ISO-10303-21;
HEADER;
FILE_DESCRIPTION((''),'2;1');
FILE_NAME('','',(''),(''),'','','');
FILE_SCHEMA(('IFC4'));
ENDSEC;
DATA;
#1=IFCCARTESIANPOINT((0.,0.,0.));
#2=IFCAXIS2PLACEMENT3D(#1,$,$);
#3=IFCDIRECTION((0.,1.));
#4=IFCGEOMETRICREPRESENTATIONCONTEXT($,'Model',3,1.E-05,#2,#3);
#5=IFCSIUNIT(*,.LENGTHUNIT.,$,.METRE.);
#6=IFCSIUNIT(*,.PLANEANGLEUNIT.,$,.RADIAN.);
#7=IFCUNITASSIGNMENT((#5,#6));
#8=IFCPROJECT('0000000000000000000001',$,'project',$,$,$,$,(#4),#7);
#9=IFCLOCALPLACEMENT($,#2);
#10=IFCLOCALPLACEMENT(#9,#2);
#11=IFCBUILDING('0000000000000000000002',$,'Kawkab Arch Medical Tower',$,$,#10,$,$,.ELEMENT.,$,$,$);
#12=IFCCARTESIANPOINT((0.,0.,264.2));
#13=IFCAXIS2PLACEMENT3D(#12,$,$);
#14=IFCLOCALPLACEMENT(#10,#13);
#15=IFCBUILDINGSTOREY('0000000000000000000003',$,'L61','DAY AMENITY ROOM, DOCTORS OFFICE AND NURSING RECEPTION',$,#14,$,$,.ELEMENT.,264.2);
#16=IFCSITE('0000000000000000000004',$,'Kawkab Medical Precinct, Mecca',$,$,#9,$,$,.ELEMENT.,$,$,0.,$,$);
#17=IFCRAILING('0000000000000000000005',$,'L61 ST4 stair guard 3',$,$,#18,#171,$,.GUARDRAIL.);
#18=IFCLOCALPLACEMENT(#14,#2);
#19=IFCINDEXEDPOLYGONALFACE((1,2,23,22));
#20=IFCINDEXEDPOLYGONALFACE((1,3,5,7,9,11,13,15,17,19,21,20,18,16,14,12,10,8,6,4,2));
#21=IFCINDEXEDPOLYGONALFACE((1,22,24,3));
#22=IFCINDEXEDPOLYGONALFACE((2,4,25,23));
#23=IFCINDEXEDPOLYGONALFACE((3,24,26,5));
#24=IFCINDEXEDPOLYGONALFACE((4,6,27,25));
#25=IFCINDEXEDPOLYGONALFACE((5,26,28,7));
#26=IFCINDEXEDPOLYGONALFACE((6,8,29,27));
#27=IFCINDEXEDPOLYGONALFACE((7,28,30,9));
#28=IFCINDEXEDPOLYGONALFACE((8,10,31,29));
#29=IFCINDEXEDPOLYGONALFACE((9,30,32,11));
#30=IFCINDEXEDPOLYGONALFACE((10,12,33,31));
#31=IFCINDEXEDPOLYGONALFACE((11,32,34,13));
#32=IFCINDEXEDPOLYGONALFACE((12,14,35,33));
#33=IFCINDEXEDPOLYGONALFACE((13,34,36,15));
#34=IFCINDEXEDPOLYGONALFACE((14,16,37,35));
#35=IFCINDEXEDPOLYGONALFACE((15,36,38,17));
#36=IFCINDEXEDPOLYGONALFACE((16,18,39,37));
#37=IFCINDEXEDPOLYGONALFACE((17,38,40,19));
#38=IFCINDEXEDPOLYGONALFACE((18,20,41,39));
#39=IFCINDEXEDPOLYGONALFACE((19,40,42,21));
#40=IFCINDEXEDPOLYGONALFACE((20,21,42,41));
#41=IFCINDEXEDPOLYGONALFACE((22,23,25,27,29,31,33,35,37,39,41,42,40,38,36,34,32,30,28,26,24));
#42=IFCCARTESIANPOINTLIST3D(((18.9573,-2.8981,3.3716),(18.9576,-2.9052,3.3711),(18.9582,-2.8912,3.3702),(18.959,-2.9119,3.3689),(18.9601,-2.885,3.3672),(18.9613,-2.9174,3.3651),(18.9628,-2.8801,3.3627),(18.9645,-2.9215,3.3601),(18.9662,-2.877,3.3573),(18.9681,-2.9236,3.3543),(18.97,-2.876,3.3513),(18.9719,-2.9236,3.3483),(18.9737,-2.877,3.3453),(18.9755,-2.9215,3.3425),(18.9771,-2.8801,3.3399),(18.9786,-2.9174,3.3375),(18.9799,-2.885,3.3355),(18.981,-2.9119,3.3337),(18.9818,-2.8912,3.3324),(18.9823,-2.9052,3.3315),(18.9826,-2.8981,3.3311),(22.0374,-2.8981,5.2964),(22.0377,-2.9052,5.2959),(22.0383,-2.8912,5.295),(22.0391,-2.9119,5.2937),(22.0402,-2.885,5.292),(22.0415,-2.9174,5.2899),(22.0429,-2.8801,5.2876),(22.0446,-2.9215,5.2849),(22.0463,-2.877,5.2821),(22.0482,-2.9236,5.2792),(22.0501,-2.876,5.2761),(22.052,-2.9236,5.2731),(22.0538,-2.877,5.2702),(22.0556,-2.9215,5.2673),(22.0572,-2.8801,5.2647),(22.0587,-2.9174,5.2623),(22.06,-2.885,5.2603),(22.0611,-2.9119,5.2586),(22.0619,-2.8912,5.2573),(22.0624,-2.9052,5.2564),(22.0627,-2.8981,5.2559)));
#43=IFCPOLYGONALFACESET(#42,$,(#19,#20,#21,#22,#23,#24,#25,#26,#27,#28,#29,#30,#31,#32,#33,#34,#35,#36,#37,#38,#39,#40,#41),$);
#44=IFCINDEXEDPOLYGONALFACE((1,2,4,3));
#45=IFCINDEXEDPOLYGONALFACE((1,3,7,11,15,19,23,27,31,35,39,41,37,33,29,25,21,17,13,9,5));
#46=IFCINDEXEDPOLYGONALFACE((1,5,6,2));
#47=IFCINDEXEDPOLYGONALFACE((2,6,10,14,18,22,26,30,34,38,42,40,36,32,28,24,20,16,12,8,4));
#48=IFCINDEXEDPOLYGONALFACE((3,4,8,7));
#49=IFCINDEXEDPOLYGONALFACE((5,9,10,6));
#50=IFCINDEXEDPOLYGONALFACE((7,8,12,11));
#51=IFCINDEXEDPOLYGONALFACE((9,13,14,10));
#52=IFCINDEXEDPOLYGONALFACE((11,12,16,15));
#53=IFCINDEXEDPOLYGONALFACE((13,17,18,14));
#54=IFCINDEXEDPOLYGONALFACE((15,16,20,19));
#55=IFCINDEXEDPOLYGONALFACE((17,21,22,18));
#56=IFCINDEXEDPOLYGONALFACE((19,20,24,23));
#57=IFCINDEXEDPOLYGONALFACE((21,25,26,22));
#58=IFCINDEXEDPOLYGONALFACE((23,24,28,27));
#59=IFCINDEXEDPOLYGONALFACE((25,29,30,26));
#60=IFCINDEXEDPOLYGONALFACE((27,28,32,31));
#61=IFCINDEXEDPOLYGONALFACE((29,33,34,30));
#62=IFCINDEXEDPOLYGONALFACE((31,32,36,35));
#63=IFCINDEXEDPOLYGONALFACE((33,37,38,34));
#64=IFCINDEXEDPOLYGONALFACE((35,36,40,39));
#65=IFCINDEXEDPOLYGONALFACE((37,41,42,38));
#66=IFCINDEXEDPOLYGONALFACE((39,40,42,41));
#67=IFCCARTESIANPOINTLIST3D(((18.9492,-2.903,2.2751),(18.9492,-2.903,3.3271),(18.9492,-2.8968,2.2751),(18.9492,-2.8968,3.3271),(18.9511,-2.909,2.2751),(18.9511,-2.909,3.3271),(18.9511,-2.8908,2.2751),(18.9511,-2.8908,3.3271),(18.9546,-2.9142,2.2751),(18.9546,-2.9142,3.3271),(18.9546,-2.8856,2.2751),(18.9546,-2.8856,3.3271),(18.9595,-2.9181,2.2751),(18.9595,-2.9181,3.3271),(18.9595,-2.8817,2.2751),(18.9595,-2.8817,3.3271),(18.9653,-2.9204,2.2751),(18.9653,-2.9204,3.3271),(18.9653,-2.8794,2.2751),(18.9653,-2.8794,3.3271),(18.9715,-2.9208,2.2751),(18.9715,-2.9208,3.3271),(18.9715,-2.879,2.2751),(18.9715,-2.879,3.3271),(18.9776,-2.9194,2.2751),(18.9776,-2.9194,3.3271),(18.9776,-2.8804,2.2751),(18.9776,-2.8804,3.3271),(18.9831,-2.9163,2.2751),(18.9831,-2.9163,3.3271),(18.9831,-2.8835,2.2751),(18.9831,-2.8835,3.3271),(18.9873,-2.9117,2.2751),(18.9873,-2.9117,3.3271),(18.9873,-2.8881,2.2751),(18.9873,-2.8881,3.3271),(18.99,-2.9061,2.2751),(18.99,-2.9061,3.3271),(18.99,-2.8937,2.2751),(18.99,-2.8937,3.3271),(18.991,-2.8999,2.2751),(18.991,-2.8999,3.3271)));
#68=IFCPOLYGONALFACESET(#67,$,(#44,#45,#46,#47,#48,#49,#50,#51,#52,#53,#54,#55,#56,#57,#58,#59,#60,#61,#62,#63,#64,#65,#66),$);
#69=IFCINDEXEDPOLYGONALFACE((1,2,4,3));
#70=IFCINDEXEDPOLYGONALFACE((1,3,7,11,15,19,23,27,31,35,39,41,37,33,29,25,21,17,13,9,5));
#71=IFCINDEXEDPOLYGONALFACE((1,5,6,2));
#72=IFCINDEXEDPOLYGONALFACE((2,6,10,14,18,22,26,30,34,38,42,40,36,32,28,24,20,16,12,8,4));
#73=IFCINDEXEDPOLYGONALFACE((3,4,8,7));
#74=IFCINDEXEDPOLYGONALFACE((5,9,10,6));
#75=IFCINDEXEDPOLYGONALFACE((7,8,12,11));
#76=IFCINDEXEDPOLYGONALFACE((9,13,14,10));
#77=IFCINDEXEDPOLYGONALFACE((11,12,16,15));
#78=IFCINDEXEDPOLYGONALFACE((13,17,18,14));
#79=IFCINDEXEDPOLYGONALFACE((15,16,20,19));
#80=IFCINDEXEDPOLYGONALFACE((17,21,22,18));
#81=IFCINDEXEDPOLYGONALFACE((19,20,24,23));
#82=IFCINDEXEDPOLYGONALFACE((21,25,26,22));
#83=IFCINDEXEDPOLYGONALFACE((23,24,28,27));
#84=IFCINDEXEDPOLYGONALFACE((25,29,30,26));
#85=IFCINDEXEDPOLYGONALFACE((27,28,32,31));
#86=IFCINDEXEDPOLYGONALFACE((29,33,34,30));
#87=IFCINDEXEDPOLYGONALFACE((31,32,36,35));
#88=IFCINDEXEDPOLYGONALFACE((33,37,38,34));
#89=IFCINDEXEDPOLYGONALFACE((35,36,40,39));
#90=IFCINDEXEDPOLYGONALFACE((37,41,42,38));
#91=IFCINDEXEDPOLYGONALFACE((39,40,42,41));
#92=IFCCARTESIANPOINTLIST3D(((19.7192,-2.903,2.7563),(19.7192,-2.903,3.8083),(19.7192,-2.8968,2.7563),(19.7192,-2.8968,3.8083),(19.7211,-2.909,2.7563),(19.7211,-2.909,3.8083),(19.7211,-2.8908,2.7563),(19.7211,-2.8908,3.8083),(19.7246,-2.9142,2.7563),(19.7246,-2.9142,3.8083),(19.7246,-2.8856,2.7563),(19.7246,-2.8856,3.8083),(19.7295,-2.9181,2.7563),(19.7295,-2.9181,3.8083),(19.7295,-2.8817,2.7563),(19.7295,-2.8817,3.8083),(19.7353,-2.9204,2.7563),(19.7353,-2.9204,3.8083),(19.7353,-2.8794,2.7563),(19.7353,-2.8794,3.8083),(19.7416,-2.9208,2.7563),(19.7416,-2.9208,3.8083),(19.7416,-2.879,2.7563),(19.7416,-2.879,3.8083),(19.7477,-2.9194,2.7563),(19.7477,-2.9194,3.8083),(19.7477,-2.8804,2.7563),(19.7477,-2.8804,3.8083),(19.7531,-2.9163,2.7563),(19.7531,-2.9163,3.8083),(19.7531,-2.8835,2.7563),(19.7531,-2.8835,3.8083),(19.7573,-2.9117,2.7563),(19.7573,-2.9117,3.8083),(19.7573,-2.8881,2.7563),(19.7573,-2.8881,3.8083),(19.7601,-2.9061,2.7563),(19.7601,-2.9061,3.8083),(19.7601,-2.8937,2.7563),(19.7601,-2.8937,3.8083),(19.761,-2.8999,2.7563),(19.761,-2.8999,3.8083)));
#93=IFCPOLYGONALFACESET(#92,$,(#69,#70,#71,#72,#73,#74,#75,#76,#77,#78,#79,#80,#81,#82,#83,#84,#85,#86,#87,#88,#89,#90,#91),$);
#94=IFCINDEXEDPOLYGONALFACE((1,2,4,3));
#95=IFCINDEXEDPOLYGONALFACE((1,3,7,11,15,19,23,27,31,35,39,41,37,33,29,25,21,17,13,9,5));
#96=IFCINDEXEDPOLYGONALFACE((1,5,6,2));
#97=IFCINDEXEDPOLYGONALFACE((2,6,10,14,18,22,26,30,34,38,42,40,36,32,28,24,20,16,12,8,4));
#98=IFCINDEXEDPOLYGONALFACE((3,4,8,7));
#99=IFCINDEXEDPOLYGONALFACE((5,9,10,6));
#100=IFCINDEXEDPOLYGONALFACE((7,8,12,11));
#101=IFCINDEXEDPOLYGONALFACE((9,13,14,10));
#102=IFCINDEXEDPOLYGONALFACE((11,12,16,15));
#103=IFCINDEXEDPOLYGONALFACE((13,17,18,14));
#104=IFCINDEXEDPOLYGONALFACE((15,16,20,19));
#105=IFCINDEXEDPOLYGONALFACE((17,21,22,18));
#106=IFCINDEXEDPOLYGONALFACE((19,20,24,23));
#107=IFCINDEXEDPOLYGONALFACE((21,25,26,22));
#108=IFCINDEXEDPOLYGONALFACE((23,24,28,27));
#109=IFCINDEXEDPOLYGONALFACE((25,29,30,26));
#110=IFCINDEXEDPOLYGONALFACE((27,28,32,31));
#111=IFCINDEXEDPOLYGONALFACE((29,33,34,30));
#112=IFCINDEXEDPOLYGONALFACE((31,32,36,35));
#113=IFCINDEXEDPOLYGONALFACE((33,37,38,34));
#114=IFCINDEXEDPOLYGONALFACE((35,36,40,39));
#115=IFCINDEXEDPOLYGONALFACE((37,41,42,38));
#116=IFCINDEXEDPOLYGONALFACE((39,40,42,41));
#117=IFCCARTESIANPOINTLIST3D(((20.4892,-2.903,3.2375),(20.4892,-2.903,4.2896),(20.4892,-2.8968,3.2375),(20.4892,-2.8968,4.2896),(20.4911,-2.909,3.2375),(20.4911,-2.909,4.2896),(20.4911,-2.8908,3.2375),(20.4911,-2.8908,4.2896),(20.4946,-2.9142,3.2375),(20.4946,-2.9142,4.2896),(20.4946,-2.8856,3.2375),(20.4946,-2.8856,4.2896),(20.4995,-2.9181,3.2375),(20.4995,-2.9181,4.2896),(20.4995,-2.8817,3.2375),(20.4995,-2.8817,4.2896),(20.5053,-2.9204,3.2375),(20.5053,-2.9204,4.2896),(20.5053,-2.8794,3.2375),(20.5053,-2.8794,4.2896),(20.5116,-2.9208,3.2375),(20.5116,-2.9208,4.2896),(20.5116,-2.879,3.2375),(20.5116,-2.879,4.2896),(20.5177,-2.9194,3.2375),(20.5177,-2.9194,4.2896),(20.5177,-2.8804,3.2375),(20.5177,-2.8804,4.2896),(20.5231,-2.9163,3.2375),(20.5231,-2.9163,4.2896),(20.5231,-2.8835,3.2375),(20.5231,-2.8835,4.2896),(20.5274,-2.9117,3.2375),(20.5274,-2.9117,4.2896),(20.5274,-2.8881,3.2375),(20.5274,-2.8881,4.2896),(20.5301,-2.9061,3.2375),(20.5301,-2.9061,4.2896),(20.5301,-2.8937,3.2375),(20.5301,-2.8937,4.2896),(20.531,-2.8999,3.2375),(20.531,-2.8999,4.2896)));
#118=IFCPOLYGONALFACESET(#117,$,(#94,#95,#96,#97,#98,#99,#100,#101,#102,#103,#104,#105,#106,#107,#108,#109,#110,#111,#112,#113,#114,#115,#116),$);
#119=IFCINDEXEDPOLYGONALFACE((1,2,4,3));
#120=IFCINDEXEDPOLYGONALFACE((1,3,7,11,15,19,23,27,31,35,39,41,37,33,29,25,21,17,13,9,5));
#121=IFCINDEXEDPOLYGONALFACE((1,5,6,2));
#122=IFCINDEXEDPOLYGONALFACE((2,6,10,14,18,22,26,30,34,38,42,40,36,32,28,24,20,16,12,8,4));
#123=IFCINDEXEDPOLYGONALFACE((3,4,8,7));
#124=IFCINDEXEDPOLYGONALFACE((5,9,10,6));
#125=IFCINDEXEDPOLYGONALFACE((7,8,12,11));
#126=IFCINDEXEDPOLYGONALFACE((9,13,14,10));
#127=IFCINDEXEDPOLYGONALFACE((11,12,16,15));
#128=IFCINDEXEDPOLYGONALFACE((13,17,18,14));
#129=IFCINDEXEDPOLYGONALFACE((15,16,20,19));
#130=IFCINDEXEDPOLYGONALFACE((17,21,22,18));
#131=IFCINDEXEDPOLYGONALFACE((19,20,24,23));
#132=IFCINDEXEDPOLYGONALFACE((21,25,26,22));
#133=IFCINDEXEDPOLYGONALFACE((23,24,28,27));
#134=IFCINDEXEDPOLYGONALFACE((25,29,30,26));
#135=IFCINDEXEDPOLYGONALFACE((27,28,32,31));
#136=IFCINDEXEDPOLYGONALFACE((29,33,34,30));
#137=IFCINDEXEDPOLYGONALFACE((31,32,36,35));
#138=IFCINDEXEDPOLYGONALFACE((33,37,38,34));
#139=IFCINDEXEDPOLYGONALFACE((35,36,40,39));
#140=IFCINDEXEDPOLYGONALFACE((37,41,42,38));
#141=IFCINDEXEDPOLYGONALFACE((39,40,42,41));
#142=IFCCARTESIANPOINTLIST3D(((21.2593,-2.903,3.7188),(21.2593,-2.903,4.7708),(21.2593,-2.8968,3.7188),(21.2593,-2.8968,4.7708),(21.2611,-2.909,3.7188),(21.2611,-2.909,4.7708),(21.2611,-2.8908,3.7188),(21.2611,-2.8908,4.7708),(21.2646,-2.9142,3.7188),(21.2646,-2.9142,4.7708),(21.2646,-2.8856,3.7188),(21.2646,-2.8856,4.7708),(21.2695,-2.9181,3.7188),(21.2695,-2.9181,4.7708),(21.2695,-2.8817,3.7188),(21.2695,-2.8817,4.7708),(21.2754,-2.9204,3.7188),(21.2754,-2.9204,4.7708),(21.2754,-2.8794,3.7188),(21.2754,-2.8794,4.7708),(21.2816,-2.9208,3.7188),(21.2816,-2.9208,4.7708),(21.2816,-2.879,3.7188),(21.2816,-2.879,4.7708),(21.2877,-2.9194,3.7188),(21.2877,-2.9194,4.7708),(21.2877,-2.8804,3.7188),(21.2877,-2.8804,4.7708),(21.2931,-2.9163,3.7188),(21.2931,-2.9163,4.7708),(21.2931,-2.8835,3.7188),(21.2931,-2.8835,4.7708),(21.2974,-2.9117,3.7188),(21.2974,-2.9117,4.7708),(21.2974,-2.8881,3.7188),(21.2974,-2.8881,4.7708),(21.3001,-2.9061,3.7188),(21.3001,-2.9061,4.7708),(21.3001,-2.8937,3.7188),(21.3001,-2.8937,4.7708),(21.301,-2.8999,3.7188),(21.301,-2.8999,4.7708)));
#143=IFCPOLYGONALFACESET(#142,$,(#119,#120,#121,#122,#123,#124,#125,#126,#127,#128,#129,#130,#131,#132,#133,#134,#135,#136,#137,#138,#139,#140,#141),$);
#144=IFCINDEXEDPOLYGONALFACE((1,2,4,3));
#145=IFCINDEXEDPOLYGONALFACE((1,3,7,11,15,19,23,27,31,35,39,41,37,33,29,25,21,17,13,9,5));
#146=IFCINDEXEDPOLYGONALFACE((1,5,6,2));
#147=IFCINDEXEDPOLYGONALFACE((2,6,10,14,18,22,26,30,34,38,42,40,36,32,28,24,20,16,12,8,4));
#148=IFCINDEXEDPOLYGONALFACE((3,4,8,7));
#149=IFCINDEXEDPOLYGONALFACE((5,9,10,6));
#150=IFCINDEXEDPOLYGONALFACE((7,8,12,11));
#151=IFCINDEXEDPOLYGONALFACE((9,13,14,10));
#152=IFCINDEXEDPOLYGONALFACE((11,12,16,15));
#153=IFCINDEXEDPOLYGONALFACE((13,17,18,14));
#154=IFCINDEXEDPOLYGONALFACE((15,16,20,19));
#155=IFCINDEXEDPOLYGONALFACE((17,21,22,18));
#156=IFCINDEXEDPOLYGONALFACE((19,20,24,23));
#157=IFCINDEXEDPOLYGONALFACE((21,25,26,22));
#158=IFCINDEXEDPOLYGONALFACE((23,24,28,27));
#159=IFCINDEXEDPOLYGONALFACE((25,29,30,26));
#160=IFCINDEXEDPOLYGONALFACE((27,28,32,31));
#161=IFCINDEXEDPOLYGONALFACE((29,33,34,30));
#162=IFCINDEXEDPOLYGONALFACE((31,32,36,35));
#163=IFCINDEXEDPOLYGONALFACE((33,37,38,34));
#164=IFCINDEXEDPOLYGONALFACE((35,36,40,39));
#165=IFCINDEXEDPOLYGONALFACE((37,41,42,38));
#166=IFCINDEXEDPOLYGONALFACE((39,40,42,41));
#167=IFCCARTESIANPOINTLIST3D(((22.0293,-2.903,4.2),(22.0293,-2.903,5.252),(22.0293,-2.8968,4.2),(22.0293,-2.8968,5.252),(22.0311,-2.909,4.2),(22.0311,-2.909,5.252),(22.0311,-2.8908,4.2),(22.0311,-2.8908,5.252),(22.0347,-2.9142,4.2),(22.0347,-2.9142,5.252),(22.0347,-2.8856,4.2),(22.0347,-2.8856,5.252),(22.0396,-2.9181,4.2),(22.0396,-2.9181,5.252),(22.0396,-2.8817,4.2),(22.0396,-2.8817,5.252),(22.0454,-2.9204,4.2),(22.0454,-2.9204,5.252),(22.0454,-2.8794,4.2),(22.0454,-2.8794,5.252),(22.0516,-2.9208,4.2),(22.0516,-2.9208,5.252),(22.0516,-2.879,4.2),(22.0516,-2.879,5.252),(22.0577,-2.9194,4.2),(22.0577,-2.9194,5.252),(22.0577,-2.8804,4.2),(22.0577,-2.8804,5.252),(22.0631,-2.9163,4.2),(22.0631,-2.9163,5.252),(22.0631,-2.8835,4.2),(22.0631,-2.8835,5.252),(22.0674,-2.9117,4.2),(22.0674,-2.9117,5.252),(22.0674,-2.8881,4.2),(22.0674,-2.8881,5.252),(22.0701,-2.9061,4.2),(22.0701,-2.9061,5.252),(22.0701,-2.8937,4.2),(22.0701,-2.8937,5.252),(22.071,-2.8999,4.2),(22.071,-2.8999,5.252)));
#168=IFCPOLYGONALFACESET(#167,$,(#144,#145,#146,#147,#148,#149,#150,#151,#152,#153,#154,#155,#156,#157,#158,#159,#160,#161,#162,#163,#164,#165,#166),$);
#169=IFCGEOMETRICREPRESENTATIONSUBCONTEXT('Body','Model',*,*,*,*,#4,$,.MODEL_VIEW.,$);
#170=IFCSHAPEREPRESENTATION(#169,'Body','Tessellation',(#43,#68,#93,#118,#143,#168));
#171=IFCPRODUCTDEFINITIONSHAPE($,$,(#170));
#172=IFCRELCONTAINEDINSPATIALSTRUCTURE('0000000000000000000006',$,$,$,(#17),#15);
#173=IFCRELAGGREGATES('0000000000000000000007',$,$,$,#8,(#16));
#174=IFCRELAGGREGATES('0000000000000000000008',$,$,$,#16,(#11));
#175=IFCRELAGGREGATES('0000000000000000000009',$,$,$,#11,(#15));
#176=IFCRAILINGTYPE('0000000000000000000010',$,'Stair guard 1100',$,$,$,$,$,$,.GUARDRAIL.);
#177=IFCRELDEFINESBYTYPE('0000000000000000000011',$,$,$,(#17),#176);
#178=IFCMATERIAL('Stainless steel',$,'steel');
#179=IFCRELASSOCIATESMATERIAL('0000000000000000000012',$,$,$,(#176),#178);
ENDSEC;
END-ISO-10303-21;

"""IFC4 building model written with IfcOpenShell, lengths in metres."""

from ifc_helpers import new_model, si_unit, direction, frame, origin, origin_2d, place, context, subcontext, project, spatial, circle, extrude, material, type_object, element, save


model = new_model("IFC4")

# Units and contexts
model_context = context("Model", 3, precision=1e-05, world=origin(), true_north=direction((0.0, 1.0)))
body_context = subcontext(model_context, "Body", "Model", "MODEL_VIEW")
ifc_project = project(units=[si_unit("LENGTHUNIT", "METRE"), si_unit("PLANEANGLEUNIT", "RADIAN")], contexts=[model_context])

# Site, building, storey
site_placement = place(None, origin())
site = spatial("IfcSite", under=ifc_project, at=site_placement, Name="Kawkab Medical Precinct, Mecca", CompositionType="ELEMENT", RefElevation=0.0)
building_placement = place(site_placement, origin())
building = spatial("IfcBuilding", under=site, at=building_placement, Name="Kawkab Arch Medical Tower", CompositionType="ELEMENT")
storey_placement = place(building_placement, frame((0.0, 0.0, 264.2)))
storey = spatial("IfcBuildingStorey", under=building, at=storey_placement, Name="L61", Description="DAY AMENITY ROOM, DOCTORS OFFICE AND NURSING RECEPTION", CompositionType="ELEMENT", Elevation=264.2)

# Railing
ifc_material_1 = material(Name="Stainless steel", Category="steel")
railing_type = type_object("IfcRailingType", Name="Stair guard 1100", PredefinedType="GUARDRAIL", material=ifc_material_1)
railing_placement = place(storey_placement, frame((18.97, -2.8999, 2.2751)))
element("IfcRailing", 1, at=railing_placement, inside=storey, type_object=railing_type, Name="L61 ST4 stair guard 3", PredefinedType="GUARDRAIL", context=body_context, shape_type="SweptSolid", body=[
    extrude(circle(Radius=0.0239, at=origin_2d()), frame((0.0, 0.0, 1.0762), z_axis=(0.848029, 0.0, 0.529951), x_axis=(0.0, 1.0, 0.0)), (0.0, 0.0, 1.0), 3.6321),
    extrude(circle(Radius=0.021, at=origin_2d()), origin(), (0.0, 0.0, 1.0), 1.052),
    extrude(circle(Radius=0.021, at=origin_2d()), frame((0.77, 0.0, 0.4812)), (0.0, 0.0, 1.0), 1.052),
    extrude(circle(Radius=0.021, at=origin_2d()), frame((1.54, 0.0, 0.9624)), (0.0, 0.0, 1.0), 1.052),
    extrude(circle(Radius=0.021, at=origin_2d()), frame((2.3101, 0.0, 1.4436)), (0.0, 0.0, 1.0), 1.052),
    extrude(circle(Radius=0.021, at=origin_2d()), frame((3.0801, 0.0, 1.9248)), (0.0, 0.0, 1.0), 1.052),
])

save(model, "model.ifc")
